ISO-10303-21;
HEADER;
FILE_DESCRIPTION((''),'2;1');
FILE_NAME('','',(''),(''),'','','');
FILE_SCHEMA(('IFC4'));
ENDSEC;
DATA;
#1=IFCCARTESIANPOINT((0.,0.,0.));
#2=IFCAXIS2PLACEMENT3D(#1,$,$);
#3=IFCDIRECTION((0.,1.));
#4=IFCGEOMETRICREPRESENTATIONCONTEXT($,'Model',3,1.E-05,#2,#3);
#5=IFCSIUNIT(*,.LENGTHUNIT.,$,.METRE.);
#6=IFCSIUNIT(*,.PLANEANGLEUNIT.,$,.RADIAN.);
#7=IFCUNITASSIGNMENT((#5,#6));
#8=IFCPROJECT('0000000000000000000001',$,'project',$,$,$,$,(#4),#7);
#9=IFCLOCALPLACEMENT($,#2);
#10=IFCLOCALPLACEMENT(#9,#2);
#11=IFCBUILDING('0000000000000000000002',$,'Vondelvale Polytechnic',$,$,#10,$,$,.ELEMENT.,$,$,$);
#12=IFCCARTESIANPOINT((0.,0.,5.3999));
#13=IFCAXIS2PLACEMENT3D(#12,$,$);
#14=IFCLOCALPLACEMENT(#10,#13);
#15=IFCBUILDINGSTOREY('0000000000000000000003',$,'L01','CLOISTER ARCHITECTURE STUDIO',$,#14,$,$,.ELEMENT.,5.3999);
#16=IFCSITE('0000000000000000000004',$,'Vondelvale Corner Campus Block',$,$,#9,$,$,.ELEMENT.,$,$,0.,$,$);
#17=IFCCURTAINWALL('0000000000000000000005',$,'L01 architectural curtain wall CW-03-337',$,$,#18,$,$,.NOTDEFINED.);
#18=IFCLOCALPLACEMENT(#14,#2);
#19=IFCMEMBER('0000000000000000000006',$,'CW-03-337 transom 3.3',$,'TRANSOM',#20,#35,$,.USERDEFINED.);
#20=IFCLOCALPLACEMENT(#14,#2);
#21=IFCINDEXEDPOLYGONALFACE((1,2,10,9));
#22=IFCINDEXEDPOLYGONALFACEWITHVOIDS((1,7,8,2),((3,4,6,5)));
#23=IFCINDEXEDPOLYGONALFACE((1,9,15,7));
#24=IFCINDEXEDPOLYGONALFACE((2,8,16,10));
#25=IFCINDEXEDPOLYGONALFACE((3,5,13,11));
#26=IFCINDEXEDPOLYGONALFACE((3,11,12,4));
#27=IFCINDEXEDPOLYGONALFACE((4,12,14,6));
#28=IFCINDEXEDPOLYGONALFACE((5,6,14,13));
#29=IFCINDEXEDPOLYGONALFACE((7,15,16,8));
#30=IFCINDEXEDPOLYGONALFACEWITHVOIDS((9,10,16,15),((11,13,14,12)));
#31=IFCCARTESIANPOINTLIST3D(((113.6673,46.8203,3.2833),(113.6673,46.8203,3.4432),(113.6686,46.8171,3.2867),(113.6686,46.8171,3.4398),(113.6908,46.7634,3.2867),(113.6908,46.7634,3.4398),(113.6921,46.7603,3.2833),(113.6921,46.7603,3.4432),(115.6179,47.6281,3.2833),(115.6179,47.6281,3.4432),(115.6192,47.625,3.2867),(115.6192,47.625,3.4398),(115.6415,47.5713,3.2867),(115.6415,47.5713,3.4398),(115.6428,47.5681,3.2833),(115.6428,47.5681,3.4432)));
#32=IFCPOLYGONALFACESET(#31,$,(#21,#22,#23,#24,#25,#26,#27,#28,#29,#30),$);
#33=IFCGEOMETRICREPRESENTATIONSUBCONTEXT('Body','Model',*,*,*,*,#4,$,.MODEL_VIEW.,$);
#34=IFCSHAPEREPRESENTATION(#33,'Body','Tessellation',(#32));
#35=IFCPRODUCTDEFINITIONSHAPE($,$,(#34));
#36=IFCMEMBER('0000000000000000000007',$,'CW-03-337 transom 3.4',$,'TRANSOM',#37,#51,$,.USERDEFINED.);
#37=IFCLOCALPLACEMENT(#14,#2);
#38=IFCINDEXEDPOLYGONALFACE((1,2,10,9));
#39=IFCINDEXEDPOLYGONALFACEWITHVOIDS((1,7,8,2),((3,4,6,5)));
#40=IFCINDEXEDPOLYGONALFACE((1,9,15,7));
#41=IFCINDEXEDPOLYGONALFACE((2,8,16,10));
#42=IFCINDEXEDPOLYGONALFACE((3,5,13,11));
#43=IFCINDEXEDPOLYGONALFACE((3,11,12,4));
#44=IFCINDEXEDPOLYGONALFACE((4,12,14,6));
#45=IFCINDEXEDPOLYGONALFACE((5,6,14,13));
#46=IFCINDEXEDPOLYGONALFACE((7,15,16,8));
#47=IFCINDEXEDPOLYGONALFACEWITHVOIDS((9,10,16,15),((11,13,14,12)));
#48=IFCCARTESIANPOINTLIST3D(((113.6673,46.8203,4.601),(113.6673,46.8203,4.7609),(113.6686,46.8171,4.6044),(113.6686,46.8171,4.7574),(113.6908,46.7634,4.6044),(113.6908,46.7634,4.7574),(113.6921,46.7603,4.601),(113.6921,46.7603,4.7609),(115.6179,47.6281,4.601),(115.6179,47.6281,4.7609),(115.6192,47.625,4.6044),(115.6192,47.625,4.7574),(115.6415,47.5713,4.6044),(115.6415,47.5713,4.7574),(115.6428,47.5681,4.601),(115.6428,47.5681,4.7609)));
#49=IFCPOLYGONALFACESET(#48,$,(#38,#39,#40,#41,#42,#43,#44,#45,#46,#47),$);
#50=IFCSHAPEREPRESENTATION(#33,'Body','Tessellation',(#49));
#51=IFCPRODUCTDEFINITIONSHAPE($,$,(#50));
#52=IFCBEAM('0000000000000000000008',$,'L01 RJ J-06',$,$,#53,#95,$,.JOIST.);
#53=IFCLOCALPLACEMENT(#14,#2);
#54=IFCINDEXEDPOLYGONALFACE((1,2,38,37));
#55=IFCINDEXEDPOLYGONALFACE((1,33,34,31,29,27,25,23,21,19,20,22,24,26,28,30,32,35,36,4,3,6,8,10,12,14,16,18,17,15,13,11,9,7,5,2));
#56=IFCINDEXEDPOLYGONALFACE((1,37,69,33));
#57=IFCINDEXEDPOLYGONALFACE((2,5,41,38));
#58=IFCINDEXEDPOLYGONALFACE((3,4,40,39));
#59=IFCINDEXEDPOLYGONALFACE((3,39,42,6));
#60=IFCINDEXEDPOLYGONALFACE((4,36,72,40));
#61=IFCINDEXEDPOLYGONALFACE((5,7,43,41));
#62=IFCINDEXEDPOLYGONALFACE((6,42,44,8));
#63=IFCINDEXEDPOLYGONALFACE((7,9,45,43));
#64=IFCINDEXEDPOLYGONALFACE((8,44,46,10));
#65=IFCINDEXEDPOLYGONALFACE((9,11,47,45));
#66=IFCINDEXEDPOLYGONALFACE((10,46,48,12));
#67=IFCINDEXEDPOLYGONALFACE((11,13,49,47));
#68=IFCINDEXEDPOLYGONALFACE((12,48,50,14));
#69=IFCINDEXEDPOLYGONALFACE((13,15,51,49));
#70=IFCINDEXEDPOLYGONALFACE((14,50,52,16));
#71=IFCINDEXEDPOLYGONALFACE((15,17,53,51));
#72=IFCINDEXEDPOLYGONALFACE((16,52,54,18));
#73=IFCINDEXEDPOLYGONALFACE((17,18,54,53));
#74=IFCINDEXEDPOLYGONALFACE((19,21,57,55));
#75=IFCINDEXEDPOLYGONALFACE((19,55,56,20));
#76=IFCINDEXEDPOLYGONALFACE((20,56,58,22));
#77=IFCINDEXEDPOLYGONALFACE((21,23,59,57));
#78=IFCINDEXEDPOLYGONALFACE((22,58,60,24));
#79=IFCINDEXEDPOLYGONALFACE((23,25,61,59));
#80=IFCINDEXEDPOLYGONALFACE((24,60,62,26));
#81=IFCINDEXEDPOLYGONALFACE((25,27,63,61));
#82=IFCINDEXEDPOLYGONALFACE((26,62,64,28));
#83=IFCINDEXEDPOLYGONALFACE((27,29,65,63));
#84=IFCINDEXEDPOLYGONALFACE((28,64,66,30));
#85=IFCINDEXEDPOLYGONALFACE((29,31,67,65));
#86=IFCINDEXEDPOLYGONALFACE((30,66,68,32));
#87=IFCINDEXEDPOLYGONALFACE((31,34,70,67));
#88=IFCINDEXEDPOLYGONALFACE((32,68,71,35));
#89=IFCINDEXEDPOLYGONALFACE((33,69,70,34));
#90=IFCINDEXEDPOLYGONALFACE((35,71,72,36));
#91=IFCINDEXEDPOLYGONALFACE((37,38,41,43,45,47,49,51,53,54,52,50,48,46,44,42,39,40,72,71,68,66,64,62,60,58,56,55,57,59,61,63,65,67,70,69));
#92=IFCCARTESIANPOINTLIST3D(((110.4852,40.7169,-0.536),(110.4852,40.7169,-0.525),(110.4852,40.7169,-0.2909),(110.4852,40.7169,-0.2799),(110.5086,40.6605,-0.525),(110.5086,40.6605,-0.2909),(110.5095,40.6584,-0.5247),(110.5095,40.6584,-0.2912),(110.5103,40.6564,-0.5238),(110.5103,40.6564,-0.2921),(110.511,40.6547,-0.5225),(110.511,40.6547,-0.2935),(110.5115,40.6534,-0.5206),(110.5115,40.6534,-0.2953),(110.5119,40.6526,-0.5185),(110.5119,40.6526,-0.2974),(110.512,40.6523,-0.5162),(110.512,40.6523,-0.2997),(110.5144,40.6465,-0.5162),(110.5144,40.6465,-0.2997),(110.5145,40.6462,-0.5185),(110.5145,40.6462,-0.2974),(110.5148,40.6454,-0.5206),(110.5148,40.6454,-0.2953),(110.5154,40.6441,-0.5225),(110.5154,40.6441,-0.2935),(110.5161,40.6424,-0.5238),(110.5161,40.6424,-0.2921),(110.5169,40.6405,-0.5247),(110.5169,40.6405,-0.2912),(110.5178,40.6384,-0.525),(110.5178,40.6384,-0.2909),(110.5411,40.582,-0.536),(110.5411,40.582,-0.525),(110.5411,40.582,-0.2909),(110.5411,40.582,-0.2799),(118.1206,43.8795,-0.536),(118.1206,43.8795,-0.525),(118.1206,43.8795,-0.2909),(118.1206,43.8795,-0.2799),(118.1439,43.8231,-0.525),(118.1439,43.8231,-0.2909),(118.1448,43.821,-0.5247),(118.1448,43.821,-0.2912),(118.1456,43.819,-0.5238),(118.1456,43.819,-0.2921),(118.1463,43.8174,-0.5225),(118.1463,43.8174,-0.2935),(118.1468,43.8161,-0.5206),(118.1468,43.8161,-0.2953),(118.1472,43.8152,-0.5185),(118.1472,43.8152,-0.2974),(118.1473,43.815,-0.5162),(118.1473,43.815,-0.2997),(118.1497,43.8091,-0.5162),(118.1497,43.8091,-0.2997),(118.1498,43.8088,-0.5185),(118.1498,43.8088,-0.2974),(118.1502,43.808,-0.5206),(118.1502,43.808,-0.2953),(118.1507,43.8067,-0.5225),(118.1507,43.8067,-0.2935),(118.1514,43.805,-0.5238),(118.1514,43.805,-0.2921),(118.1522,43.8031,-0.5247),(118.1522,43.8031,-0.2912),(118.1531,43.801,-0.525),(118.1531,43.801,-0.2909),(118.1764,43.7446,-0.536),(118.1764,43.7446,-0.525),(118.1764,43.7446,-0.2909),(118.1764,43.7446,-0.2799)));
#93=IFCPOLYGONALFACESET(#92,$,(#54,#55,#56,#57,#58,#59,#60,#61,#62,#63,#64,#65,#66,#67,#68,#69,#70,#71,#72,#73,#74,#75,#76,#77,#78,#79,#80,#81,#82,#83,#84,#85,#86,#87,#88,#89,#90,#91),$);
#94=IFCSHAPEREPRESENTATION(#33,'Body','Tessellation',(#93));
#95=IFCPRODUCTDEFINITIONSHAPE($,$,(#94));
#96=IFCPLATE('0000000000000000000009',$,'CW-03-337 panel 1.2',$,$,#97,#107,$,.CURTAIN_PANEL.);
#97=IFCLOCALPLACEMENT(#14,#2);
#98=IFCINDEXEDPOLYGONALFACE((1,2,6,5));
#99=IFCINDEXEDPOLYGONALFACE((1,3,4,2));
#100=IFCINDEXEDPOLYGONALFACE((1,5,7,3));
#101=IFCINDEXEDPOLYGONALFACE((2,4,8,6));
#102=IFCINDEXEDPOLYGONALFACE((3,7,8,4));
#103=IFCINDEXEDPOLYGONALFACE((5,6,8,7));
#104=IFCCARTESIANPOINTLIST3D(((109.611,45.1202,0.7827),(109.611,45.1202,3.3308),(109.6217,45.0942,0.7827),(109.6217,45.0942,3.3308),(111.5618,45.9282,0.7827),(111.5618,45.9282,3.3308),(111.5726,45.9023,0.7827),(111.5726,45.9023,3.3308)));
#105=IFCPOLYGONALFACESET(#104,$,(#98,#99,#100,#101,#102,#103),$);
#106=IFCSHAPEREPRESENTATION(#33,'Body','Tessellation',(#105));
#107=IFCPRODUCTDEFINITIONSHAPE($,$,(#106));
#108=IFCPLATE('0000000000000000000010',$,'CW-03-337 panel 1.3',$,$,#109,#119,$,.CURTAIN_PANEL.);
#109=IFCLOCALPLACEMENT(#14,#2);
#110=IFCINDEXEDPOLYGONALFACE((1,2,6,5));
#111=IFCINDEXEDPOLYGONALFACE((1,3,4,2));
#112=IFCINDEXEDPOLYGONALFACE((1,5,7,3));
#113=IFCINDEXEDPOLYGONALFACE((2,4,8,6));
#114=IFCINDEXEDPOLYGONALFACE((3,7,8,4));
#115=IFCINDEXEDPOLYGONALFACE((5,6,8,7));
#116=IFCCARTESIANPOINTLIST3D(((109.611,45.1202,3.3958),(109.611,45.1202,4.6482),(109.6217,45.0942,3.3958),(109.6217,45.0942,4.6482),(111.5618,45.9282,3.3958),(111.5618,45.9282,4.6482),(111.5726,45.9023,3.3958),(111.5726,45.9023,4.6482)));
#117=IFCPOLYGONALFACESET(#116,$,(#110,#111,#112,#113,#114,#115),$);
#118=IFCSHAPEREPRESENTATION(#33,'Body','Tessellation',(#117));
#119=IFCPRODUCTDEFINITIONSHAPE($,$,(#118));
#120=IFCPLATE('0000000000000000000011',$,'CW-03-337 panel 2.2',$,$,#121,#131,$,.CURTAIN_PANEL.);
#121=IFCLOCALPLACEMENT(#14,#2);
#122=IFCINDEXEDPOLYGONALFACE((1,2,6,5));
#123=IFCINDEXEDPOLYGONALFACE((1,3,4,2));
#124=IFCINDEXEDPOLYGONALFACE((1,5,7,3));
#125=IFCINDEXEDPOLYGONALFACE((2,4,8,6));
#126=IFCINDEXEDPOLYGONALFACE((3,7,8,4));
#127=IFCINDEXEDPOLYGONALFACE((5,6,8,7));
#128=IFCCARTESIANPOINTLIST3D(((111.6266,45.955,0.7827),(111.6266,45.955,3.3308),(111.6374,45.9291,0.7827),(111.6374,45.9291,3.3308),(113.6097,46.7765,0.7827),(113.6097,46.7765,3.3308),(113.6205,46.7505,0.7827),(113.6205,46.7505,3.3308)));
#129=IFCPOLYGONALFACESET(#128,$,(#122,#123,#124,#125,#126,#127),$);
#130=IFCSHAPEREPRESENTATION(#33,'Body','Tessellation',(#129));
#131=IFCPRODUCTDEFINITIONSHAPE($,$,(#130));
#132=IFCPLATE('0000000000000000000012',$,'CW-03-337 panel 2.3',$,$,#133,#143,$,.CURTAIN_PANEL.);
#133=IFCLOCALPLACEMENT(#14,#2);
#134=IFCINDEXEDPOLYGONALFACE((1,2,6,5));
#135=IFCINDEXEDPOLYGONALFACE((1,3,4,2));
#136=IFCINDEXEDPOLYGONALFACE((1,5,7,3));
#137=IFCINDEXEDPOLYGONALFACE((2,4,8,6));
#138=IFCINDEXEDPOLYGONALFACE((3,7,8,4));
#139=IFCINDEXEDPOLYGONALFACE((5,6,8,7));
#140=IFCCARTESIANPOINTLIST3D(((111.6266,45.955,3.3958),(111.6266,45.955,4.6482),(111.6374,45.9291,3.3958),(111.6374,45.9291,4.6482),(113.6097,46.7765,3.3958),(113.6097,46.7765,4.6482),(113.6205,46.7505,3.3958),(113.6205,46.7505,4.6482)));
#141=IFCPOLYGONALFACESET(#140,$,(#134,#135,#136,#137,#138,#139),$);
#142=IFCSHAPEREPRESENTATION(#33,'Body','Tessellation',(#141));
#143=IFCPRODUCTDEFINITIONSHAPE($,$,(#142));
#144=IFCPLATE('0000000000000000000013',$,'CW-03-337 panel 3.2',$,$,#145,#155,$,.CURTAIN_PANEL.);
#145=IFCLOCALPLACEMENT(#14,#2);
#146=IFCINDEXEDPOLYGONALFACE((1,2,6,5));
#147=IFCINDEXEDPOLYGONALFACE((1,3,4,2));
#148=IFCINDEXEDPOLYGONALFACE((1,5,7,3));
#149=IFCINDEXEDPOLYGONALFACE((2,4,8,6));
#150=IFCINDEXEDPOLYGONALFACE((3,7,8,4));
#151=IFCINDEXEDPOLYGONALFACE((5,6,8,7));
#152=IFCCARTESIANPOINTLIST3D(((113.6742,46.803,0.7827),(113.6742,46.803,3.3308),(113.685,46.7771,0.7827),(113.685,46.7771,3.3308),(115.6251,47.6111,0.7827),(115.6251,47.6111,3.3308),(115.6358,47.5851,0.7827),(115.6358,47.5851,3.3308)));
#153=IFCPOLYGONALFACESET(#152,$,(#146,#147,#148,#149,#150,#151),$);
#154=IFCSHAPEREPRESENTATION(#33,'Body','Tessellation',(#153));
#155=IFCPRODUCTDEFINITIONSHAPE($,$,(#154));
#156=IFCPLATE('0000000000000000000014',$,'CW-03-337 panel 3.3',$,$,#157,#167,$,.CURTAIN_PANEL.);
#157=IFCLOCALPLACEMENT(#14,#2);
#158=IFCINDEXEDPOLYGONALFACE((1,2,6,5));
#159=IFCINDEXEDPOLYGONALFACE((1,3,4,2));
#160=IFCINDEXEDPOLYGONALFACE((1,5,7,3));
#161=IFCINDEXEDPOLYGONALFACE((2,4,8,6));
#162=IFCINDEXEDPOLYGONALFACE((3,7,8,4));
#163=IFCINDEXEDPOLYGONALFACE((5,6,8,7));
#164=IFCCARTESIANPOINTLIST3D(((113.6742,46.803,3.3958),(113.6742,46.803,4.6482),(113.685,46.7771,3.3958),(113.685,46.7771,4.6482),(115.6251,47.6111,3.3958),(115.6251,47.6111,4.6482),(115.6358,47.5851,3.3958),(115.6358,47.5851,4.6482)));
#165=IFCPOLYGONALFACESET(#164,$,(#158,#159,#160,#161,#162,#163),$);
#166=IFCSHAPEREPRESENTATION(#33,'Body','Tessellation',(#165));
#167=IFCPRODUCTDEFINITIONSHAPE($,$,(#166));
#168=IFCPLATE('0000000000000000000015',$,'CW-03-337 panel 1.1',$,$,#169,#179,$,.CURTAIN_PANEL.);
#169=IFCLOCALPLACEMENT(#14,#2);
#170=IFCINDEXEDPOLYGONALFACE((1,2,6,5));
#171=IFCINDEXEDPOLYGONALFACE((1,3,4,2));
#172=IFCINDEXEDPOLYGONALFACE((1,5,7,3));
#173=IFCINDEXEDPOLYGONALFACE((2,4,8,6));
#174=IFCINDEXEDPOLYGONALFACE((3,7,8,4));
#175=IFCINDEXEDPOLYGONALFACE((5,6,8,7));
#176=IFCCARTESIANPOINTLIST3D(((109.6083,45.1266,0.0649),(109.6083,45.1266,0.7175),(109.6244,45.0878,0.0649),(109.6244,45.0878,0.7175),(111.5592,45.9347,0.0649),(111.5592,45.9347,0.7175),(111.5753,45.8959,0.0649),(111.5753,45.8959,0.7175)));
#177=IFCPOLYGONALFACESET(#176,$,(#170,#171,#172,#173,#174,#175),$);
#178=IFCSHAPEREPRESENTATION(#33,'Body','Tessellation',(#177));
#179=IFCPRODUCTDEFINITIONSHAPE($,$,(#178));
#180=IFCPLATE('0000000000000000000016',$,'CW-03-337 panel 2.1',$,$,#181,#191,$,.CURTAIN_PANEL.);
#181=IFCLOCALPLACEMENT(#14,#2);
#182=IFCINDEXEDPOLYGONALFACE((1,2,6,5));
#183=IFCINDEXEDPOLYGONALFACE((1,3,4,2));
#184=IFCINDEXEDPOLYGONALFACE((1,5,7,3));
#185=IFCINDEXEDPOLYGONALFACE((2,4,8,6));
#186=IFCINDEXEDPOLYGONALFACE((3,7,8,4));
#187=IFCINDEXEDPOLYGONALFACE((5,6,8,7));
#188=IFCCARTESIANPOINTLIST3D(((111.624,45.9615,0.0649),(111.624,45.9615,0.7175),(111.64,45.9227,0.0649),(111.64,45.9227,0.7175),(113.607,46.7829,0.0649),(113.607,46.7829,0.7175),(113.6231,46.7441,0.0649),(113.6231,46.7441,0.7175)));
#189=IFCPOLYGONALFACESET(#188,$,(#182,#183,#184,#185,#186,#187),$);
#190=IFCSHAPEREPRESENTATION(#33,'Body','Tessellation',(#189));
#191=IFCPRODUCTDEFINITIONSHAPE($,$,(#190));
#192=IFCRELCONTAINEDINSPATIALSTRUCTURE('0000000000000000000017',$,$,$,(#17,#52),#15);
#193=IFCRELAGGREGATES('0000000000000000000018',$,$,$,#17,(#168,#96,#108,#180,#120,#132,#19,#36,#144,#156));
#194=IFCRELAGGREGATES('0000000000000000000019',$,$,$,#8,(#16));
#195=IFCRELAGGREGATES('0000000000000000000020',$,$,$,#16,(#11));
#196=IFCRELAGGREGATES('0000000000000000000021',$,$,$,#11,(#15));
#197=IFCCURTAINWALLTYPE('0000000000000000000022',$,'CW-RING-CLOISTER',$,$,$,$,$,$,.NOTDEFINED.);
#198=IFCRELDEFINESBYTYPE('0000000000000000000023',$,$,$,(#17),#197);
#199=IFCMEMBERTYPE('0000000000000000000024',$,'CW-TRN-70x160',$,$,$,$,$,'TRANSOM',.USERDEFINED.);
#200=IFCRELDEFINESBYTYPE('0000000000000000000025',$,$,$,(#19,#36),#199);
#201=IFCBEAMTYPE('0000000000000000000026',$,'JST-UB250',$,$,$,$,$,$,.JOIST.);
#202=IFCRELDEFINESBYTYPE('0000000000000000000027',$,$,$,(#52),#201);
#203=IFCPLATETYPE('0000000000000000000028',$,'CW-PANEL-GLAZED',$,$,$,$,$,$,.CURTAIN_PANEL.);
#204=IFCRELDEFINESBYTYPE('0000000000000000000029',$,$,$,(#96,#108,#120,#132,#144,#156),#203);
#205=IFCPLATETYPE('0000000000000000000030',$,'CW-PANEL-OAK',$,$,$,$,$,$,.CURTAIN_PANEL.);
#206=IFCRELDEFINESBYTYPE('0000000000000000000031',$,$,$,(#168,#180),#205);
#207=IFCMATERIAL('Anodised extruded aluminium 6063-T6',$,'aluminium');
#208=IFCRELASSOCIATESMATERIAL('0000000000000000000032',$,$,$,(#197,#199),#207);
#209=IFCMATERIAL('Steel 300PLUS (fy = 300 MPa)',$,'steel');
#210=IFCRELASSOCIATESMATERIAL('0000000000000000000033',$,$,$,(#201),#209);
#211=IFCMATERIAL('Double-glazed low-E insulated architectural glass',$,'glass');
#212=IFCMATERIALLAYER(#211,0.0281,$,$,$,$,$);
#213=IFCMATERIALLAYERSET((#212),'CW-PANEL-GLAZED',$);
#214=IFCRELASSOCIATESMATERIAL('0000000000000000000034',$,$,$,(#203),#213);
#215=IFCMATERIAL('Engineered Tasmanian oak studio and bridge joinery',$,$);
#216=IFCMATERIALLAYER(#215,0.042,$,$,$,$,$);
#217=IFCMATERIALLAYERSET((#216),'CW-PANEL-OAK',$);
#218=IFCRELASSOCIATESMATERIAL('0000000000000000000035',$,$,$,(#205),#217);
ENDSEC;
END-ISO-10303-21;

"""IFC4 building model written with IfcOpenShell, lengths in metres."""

from ifc_helpers import new_model, si_unit, direction, frame, origin, origin_2d, place, context, subcontext, project, spatial, rectangle, hollow_rectangle, i_section, extrude, material, layer, layer_set, material_profile, profile_set, type_object, element, aggregate, save


model = new_model("IFC4")

# Units and contexts
model_context = context("Model", 3, precision=1e-05, world=origin(), true_north=direction((0.0, 1.0)))
body_context = subcontext(model_context, "Body", "Model", "MODEL_VIEW")
ifc_project = project(units=[si_unit("LENGTHUNIT", "METRE"), si_unit("PLANEANGLEUNIT", "RADIAN")], contexts=[model_context])

# Site, building, storey
site_placement = place(None, origin())
site = spatial("IfcSite", under=ifc_project, at=site_placement, Name="Vondelvale Corner Campus Block", CompositionType="ELEMENT", RefElevation=0.0)
building_placement = place(site_placement, origin())
building = spatial("IfcBuilding", under=site, at=building_placement, Name="Vondelvale Polytechnic", CompositionType="ELEMENT")
storey_placement = place(building_placement, frame((0.0, 0.0, 5.3999)))
storey = spatial("IfcBuildingStorey", under=building, at=storey_placement, Name="L01", Description="CLOISTER ARCHITECTURE STUDIO", CompositionType="ELEMENT", Elevation=5.3999)

# Curtain wall, members
ifc_material_1 = material(Name="Anodised extruded aluminium 6063-T6", Category="aluminium")
curtain_wall_type = type_object("IfcCurtainWallType", Name="CW-RING-CLOISTER", PredefinedType="NOTDEFINED", material=ifc_material_1)
curtain_wall_placement = place(storey_placement, origin())
curtain_wall = element("IfcCurtainWall", 1, at=curtain_wall_placement, inside=storey, type_object=curtain_wall_type, Name="L01 architectural curtain wall CW-03-337", PredefinedType="NOTDEFINED")
ifc_material_profile_1 = material_profile(ifc_material_1, hollow_rectangle(XDim=0.0649, YDim=0.1599, WallThickness=0.0034, at=origin_2d()), Name="CW-TRN-160x65")
ifc_profile_set_1 = profile_set([ifc_material_profile_1], Name="Anodised extruded aluminium 6063-T6")
member_type_1 = type_object("IfcMemberType", Name="CW-TRN-70x160", ElementType="TRANSOM", PredefinedType="USERDEFINED", material=ifc_profile_set_1)
member_1_placement = place(storey_placement, frame((113.6797, 46.7903, 3.3633), z_axis=(0.923903, 0.382628, 0.0), x_axis=(-0.382628, 0.923903, 0.0)))
member_1 = element("IfcMember", 2, at=member_1_placement, type_object=member_type_1, Name="CW-03-337 transom 3.3", ObjectType="TRANSOM", PredefinedType="USERDEFINED", context=body_context, shape_type="SweptSolid", body=[
    extrude(hollow_rectangle(XDim=0.0649, YDim=0.1599, WallThickness=0.0034, at=origin_2d()), origin(), (0.0, 0.0, 1.0), 2.1113),
])
member_2_placement = place(storey_placement, frame((113.6797, 46.7903, 4.6809), z_axis=(0.923903, 0.382628, 0.0), x_axis=(-0.382628, 0.923903, 0.0)))
member_2 = element("IfcMember", 3, at=member_2_placement, type_object=member_type_1, Name="CW-03-337 transom 3.4", ObjectType="TRANSOM", PredefinedType="USERDEFINED", context=body_context, shape_type="SweptSolid", body=[
    extrude(hollow_rectangle(XDim=0.0649, YDim=0.1599, WallThickness=0.0034, at=origin_2d()), origin(), (0.0, 0.0, 1.0), 2.1113),
])

# Beam
ifc_material_2 = material(Name="Steel 300PLUS (fy = 300 MPa)", Category="steel")
ifc_material_profile_2 = material_profile(ifc_material_2, i_section(OverallWidth=0.146, OverallDepth=0.2561, WebThickness=0.0063, FlangeThickness=0.011, FilletRadius=0.0088, at=origin_2d()), Name="250UB37.3")
ifc_profile_set_2 = profile_set([ifc_material_profile_2], Name="Steel 300PLUS (fy = 300 MPa)")
beam_type = type_object("IfcBeamType", Name="JST-UB250", PredefinedType="JOIST", material=ifc_profile_set_2)
beam_placement = place(storey_placement, frame((110.5132, 40.6494, -0.408), z_axis=(0.923881, 0.382681, 0.0), x_axis=(-0.382681, 0.923881, 0.0)))
element("IfcBeam", 4, at=beam_placement, inside=storey, type_object=beam_type, Name="L01 RJ J-06", PredefinedType="JOIST", context=body_context, shape_type="SweptSolid", body=[
    extrude(i_section(OverallWidth=0.146, OverallDepth=0.2561, WebThickness=0.0063, FlangeThickness=0.011, FilletRadius=0.0088, at=origin_2d()), origin(), (0.0, 0.0, 1.0), 8.2644),
])

# Plates
ifc_material_3 = material(Name="Double-glazed low-E insulated architectural glass", Category="glass")
ifc_layer_1 = layer(ifc_material_3, 0.0281)
ifc_layer_set_1 = layer_set([ifc_layer_1], Name="CW-PANEL-GLAZED")
plate_type_1 = type_object("IfcPlateType", Name="CW-PANEL-GLAZED", PredefinedType="CURTAIN_PANEL", material=ifc_layer_set_1)
plate_1_placement = place(storey_placement, frame((110.5918, 45.5112, 0.7827), z_axis=(0.0, 0.0, 1.0), x_axis=(0.923882, 0.382679, 0.0)))
plate_1 = element("IfcPlate", 5, at=plate_1_placement, type_object=plate_type_1, Name="CW-03-337 panel 1.2", PredefinedType="CURTAIN_PANEL", context=body_context, shape_type="SweptSolid", body=[
    extrude(rectangle(XDim=2.1116, YDim=0.0281, at=origin_2d()), origin(), (0.0, 0.0, 1.0), 2.5481),
])
plate_2_placement = place(storey_placement, frame((110.5918, 45.5112, 3.3958), z_axis=(0.0, 0.0, 1.0), x_axis=(0.923882, 0.382679, 0.0)))
plate_2 = element("IfcPlate", 6, at=plate_2_placement, type_object=plate_type_1, Name="CW-03-337 panel 1.3", PredefinedType="CURTAIN_PANEL", context=body_context, shape_type="SweptSolid", body=[
    extrude(rectangle(XDim=2.1116, YDim=0.0281, at=origin_2d()), origin(), (0.0, 0.0, 1.0), 1.2524),
])
plate_3_placement = place(storey_placement, frame((112.6235, 46.3528, 0.7827), z_axis=(0.0, 0.0, 1.0), x_axis=(0.923882, 0.382679, 0.0)))
plate_3 = element("IfcPlate", 7, at=plate_3_placement, type_object=plate_type_1, Name="CW-03-337 panel 2.2", PredefinedType="CURTAIN_PANEL", context=body_context, shape_type="SweptSolid", body=[
    extrude(rectangle(XDim=2.1465, YDim=0.0281, at=origin_2d()), origin(), (0.0, 0.0, 1.0), 2.5481),
])
plate_4_placement = place(storey_placement, frame((112.6235, 46.3528, 3.3958), z_axis=(0.0, 0.0, 1.0), x_axis=(0.923882, 0.382679, 0.0)))
plate_4 = element("IfcPlate", 8, at=plate_4_placement, type_object=plate_type_1, Name="CW-03-337 panel 2.3", PredefinedType="CURTAIN_PANEL", context=body_context, shape_type="SweptSolid", body=[
    extrude(rectangle(XDim=2.1465, YDim=0.0281, at=origin_2d()), origin(), (0.0, 0.0, 1.0), 1.2524),
])
plate_5_placement = place(storey_placement, frame((114.655, 47.1941, 0.7827), z_axis=(0.0, 0.0, 1.0), x_axis=(0.923882, 0.382679, 0.0)))
plate_5 = element("IfcPlate", 9, at=plate_5_placement, type_object=plate_type_1, Name="CW-03-337 panel 3.2", PredefinedType="CURTAIN_PANEL", context=body_context, shape_type="SweptSolid", body=[
    extrude(rectangle(XDim=2.1116, YDim=0.0281, at=origin_2d()), origin(), (0.0, 0.0, 1.0), 2.5481),
])
plate_6_placement = place(storey_placement, frame((114.655, 47.1941, 3.3958), z_axis=(0.0, 0.0, 1.0), x_axis=(0.923882, 0.382679, 0.0)))
plate_6 = element("IfcPlate", 10, at=plate_6_placement, type_object=plate_type_1, Name="CW-03-337 panel 3.3", PredefinedType="CURTAIN_PANEL", context=body_context, shape_type="SweptSolid", body=[
    extrude(rectangle(XDim=2.1116, YDim=0.0281, at=origin_2d()), origin(), (0.0, 0.0, 1.0), 1.2524),
])
ifc_material_4 = material(Name="Engineered Tasmanian oak studio and bridge joinery")
ifc_layer_2 = layer(ifc_material_4, 0.042)
ifc_layer_set_2 = layer_set([ifc_layer_2], Name="CW-PANEL-OAK")
plate_type_2 = type_object("IfcPlateType", Name="CW-PANEL-OAK", PredefinedType="CURTAIN_PANEL", material=ifc_layer_set_2)
plate_7_placement = place(storey_placement, frame((110.5918, 45.5112, 0.0649), z_axis=(0.0, 0.0, 1.0), x_axis=(0.923882, 0.382679, 0.0)))
plate_7 = element("IfcPlate", 11, at=plate_7_placement, type_object=plate_type_2, Name="CW-03-337 panel 1.1", PredefinedType="CURTAIN_PANEL", context=body_context, shape_type="SweptSolid", body=[
    extrude(rectangle(XDim=2.1116, YDim=0.042, at=origin_2d()), origin(), (0.0, 0.0, 1.0), 0.6526),
])
plate_8_placement = place(storey_placement, frame((112.6235, 46.3528, 0.0649), z_axis=(0.0, 0.0, 1.0), x_axis=(0.923882, 0.382679, 0.0)))
plate_8 = element("IfcPlate", 12, at=plate_8_placement, type_object=plate_type_2, Name="CW-03-337 panel 2.1", PredefinedType="CURTAIN_PANEL", context=body_context, shape_type="SweptSolid", body=[
    extrude(rectangle(XDim=2.1465, YDim=0.042, at=origin_2d()), origin(), (0.0, 0.0, 1.0), 0.6526),
])
aggregate(curtain_wall, [plate_7, plate_1, plate_2, plate_8, plate_3, plate_4, member_1, member_2, plate_5, plate_6])

save(model, "model.ifc")
